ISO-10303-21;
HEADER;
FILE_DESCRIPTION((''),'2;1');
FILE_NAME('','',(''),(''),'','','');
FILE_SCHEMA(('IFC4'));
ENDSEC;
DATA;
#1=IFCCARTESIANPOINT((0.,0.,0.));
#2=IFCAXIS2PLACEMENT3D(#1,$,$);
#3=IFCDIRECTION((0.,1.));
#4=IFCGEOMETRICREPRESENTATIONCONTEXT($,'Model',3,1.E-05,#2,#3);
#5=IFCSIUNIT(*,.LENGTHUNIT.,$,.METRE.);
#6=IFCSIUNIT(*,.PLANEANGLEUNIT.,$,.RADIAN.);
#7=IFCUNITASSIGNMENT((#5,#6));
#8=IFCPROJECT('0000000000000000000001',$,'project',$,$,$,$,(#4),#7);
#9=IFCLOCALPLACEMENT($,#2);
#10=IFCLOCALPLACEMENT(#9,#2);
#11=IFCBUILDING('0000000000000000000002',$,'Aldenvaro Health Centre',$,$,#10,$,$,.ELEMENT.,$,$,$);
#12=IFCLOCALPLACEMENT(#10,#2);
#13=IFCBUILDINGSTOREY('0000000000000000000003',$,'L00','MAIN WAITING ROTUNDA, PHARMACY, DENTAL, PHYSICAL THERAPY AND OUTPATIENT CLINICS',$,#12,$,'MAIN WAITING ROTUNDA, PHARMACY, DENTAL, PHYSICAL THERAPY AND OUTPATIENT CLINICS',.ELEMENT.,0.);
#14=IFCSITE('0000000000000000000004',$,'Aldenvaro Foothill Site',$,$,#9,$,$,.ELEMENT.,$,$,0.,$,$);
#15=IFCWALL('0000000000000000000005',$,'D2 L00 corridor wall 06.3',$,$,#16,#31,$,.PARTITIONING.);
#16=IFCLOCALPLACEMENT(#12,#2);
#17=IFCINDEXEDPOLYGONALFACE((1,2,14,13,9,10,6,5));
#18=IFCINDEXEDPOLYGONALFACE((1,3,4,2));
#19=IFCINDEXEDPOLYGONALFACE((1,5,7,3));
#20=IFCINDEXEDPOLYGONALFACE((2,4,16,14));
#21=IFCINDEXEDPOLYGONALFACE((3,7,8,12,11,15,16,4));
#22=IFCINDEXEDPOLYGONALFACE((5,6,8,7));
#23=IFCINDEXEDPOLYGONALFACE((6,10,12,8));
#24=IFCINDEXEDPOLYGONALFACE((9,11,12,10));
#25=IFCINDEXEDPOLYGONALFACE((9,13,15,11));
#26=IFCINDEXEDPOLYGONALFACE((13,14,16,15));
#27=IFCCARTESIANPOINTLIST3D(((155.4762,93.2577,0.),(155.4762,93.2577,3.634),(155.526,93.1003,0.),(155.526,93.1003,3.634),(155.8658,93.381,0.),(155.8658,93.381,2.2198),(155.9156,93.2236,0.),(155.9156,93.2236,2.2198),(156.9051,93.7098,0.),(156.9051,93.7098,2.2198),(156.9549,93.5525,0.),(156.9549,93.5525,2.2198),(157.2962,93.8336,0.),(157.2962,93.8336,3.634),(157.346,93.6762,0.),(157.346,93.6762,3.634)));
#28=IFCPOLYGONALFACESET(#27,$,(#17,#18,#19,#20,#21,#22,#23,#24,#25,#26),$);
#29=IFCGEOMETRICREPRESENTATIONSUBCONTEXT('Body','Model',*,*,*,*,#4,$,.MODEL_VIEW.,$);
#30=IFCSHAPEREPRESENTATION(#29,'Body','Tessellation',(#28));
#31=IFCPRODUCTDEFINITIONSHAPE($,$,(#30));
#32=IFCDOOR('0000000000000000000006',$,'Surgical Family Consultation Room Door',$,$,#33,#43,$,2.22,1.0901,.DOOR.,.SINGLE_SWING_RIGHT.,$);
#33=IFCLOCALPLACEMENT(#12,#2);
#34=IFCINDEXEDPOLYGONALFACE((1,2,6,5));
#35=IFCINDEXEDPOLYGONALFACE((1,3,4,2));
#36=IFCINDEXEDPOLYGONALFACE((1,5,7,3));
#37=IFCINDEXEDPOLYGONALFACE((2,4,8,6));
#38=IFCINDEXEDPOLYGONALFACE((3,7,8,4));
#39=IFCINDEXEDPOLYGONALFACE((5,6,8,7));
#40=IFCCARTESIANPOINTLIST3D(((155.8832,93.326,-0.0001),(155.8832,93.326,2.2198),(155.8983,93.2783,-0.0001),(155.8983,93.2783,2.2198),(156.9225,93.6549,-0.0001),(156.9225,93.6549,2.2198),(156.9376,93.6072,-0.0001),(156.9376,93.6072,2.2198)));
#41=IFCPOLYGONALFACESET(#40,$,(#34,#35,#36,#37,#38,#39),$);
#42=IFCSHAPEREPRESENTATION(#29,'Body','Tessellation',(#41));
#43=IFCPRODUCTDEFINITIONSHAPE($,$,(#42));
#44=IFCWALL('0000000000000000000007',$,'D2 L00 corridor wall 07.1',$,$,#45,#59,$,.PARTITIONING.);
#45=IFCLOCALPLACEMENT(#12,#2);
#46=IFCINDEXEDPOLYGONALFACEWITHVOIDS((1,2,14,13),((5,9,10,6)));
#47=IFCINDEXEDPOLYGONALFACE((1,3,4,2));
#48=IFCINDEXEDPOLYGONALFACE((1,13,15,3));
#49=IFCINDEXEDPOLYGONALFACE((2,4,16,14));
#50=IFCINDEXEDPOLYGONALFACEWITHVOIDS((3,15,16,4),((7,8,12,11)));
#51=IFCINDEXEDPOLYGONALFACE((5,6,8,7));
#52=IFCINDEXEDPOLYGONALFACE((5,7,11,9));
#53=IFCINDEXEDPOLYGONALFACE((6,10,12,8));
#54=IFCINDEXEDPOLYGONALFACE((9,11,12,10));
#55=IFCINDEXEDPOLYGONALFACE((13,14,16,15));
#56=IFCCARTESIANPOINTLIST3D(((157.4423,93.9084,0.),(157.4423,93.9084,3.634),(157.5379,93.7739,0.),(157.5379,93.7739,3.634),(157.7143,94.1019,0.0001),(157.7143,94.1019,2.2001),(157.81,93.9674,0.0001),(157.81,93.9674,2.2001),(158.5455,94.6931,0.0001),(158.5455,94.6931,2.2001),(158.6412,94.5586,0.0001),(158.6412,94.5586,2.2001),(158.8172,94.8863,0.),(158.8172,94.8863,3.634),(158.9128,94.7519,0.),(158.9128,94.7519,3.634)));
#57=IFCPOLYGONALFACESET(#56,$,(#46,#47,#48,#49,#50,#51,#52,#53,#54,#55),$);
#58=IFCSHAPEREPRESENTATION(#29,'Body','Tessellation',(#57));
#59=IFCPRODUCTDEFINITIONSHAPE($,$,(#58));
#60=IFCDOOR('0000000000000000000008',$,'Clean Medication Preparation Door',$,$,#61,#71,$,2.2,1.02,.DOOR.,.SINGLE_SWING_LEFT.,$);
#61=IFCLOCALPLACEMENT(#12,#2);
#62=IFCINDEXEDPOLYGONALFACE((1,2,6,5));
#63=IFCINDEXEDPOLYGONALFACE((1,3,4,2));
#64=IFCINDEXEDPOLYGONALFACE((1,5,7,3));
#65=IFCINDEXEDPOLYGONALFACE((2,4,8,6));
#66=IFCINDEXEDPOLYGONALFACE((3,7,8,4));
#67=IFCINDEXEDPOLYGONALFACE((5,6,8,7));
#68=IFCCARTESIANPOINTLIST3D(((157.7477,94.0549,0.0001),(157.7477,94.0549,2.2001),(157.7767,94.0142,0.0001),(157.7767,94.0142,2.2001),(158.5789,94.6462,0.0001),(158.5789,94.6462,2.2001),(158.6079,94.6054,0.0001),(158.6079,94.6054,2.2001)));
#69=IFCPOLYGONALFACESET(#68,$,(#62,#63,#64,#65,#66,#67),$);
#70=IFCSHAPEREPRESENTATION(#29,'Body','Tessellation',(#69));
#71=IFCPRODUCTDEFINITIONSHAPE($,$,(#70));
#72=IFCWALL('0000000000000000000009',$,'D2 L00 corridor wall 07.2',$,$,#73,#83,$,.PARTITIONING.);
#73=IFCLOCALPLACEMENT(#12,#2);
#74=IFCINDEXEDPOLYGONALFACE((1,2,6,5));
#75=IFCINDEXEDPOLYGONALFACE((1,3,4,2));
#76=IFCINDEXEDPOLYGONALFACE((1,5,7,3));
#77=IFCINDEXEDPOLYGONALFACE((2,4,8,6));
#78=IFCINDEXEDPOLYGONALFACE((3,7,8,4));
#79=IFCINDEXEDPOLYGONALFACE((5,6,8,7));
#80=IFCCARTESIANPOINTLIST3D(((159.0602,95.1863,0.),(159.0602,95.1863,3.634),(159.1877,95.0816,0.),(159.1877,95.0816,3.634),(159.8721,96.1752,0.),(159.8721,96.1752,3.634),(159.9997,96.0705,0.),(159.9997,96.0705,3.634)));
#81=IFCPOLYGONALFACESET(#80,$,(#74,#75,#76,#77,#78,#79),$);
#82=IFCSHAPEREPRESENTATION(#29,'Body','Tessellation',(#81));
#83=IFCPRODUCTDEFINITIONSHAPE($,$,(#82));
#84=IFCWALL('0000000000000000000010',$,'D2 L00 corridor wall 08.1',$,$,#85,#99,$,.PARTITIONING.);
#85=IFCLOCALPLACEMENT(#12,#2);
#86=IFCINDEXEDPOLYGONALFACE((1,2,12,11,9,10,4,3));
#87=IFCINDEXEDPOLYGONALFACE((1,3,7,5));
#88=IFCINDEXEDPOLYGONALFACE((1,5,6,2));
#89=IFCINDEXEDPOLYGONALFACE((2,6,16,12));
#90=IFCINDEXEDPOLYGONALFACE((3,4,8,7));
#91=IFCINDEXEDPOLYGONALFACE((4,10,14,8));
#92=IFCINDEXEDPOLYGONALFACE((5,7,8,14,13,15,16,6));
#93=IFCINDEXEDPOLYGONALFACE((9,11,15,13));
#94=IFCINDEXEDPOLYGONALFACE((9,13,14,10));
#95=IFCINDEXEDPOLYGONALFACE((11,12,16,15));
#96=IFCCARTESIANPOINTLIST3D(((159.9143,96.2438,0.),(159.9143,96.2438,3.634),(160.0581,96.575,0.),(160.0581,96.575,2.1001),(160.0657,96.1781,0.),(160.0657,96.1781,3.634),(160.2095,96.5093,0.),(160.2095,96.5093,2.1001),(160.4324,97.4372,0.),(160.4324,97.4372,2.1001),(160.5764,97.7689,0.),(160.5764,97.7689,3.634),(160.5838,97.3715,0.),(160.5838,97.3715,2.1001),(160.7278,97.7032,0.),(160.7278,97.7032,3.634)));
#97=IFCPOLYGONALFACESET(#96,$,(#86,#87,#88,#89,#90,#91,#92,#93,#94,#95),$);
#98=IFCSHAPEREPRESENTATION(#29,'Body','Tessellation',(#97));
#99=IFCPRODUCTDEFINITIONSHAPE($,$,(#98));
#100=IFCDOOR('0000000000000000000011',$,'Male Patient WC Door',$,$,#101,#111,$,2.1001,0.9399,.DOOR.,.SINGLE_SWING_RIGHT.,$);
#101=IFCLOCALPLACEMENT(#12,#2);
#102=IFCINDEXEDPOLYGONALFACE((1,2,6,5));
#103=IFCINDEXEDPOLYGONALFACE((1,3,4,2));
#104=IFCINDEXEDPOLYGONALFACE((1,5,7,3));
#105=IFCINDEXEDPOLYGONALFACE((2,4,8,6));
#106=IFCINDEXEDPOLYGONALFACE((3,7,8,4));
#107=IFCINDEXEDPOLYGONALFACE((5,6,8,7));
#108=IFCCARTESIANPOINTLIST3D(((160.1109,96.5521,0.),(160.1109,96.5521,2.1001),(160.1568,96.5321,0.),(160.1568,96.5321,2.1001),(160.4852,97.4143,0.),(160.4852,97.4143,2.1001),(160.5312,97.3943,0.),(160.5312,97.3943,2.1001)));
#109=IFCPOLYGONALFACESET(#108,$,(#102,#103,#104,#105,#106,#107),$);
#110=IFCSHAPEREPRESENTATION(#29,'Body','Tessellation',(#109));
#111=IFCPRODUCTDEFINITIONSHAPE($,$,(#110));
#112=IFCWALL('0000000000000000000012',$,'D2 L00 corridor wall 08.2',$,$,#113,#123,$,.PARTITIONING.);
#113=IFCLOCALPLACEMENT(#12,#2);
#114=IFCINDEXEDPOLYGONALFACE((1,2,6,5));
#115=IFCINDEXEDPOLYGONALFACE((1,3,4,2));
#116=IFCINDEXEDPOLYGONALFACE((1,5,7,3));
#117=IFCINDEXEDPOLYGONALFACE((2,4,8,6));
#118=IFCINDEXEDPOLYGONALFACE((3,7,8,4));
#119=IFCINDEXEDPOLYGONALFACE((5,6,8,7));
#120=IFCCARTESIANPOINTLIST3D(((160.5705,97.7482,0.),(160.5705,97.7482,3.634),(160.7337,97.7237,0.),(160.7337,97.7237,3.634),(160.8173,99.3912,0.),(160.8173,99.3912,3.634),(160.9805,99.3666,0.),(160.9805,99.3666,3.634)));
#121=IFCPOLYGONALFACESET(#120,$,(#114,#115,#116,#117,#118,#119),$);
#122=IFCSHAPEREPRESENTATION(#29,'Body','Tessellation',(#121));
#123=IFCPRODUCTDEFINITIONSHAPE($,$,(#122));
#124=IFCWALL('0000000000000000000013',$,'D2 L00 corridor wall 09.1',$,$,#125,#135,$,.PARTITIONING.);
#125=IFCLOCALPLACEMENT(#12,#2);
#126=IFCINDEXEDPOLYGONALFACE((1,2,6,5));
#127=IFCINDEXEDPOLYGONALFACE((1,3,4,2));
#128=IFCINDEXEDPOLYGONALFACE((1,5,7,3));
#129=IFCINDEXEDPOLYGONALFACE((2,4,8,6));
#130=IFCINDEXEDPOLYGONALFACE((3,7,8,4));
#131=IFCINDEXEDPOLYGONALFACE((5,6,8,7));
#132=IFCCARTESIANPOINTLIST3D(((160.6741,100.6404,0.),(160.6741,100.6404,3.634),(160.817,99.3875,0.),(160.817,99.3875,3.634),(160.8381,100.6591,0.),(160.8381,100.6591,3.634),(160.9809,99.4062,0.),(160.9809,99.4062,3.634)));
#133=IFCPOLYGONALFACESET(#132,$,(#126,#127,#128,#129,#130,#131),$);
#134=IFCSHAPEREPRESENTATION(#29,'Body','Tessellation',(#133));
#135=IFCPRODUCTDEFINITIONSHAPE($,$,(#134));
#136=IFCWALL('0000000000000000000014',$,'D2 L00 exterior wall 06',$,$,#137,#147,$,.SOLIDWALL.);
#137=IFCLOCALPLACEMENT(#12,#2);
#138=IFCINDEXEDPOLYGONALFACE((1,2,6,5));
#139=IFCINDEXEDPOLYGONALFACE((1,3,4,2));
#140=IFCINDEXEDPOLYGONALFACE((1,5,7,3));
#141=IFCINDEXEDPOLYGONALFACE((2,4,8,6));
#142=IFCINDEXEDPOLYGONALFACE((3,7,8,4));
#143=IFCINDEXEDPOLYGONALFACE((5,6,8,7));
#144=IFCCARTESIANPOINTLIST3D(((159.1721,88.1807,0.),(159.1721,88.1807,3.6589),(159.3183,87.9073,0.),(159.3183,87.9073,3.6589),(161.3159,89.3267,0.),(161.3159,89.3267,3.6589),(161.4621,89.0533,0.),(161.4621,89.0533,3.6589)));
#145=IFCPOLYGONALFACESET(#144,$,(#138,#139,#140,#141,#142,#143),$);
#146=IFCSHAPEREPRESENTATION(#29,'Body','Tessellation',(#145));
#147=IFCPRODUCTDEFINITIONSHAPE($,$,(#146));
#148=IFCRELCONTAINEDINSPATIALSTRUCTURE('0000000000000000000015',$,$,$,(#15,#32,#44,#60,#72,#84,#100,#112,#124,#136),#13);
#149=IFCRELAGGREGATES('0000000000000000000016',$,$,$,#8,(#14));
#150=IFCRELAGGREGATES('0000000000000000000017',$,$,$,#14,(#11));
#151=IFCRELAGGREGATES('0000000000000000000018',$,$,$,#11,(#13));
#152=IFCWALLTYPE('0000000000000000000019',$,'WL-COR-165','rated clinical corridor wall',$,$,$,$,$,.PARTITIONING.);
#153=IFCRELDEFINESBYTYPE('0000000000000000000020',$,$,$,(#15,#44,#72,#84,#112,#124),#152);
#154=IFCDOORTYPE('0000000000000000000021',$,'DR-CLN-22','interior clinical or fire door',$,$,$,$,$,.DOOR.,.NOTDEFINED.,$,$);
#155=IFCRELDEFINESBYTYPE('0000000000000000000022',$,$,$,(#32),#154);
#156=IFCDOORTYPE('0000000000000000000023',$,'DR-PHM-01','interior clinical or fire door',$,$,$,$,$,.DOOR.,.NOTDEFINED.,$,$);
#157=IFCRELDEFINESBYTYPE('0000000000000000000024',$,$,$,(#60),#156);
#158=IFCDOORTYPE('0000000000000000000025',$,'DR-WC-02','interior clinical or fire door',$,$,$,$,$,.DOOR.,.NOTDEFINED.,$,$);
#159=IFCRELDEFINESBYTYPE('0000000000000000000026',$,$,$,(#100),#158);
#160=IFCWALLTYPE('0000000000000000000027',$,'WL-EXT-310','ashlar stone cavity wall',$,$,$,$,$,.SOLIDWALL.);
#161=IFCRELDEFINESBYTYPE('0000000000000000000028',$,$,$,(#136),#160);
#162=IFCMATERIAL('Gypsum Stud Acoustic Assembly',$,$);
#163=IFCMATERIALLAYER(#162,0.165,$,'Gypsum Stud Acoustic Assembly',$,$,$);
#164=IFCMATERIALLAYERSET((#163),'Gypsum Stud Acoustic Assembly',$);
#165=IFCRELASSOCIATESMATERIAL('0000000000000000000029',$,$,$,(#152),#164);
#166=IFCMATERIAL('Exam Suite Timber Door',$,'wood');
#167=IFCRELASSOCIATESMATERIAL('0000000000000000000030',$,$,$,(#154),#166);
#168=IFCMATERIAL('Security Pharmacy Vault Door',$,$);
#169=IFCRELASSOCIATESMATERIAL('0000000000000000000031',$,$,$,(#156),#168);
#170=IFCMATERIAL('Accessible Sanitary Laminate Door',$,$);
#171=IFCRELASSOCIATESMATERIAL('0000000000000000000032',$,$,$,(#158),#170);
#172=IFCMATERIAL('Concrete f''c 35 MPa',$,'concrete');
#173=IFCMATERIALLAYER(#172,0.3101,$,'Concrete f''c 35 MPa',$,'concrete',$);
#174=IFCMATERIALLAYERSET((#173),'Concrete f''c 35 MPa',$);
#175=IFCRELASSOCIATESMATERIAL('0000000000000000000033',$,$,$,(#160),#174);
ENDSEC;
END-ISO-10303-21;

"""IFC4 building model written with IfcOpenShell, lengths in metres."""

from ifc_helpers import new_model, si_unit, direction, frame, frame_2d, origin, place, context, subcontext, project, spatial, rectangle, extrude, material, layer, layer_set, type_object, element, fill, save


model = new_model("IFC4")

# Units and contexts
model_context = context("Model", 3, precision=1e-05, world=origin(), true_north=direction((0.0, 1.0)))
body_context = subcontext(model_context, "Body", "Model", "MODEL_VIEW")
ifc_project = project(units=[si_unit("LENGTHUNIT", "METRE"), si_unit("PLANEANGLEUNIT", "RADIAN")], contexts=[model_context])

# Site, building, storey
site_placement = place(None, origin())
site = spatial("IfcSite", under=ifc_project, at=site_placement, Name="Aldenvaro Foothill Site", CompositionType="ELEMENT", RefElevation=0.0)
building_placement = place(site_placement, origin())
building = spatial("IfcBuilding", under=site, at=building_placement, Name="Aldenvaro Health Centre", CompositionType="ELEMENT")
storey_placement = place(building_placement, origin())
storey = spatial("IfcBuildingStorey", under=building, at=storey_placement, Name="L00", Description="MAIN WAITING ROTUNDA, PHARMACY, DENTAL, PHYSICAL THERAPY AND OUTPATIENT CLINICS", LongName="MAIN WAITING ROTUNDA, PHARMACY, DENTAL, PHYSICAL THERAPY AND OUTPATIENT CLINICS", CompositionType="ELEMENT", Elevation=0.0)

# Shared definitions
ifc_material_1 = material(Name="Gypsum Stud Acoustic Assembly")
ifc_layer_1 = layer(ifc_material_1, 0.165, Name="Gypsum Stud Acoustic Assembly")
ifc_layer_set_1 = layer_set([ifc_layer_1], Name="Gypsum Stud Acoustic Assembly")
wall_type_1 = type_object("IfcWallType", Name="WL-COR-165", Description="rated clinical corridor wall", PredefinedType="PARTITIONING", material=ifc_layer_set_1)

# Walls, openings, doors
wall_1_placement = place(storey_placement, frame((155.501, 93.179, 0.0), z_axis=(0.0, 0.0, 1.0), x_axis=(0.953407, 0.301688, 0.0)))
wall_1 = element("IfcWall", 1, at=wall_1_placement, inside=storey, type_object=wall_type_1, Name="D2 L00 corridor wall 06.3", PredefinedType="PARTITIONING", context=body_context, shape_type="SweptSolid", body=[
    extrude(rectangle(XDim=1.9089, YDim=0.165, at=frame_2d((0.9546, 0.0))), origin(), (0.0, 0.0, 1.0), 3.634),
])
opening_1_placement = place(wall_1_placement, frame((0.4089, 0.0, 0.0)))
opening_1 = element("IfcOpeningElement", 2, at=opening_1_placement, cuts=wall_1, PredefinedType="OPENING", context=body_context, shape_type="SweptSolid", body=[
    extrude(rectangle(XDim=1.0901, YDim=2.22, at=frame_2d((0.5449, 1.1099))), frame((0.0, 0.0925, 0.0), z_axis=(0.0, -1.0, 0.0), x_axis=(1.0, 0.0, 0.0)), (0.0, 0.0, 1.0), 0.1851),
])
ifc_material_2 = material(Name="Exam Suite Timber Door", Category="wood")
door_type_1 = type_object("IfcDoorType", Name="DR-CLN-22", Description="interior clinical or fire door", OperationType="NOTDEFINED", PredefinedType="DOOR", material=ifc_material_2)
door_1_placement = place(opening_1_placement, origin())
door_1 = element("IfcDoor", 3, at=door_1_placement, inside=storey, type_object=door_type_1, Name="Surgical Family Consultation Room Door", OperationType="SINGLE_SWING_RIGHT", OverallHeight=2.22, OverallWidth=1.0901, PredefinedType="DOOR", context=body_context, shape_type="SweptSolid", body=[
    extrude(rectangle(XDim=1.0901, YDim=2.22, at=frame_2d((0.5449, 1.1099))), frame((0.0, 0.0249, 0.0), z_axis=(0.0, -1.0, 0.0), x_axis=(1.0, 0.0, 0.0)), (0.0, 0.0, 1.0), 0.05),
])
fill(opening_1, door_1)
wall_2_placement = place(storey_placement, frame((157.49, 93.8411, 0.0), z_axis=(0.0, 0.0, 1.0), x_axis=(0.814885, 0.579622, 0.0)))
wall_2 = element("IfcWall", 4, at=wall_2_placement, inside=storey, type_object=wall_type_1, Name="D2 L00 corridor wall 07.1", PredefinedType="PARTITIONING", context=body_context, shape_type="SweptSolid", body=[
    extrude(rectangle(XDim=1.6873, YDim=0.165, at=frame_2d((0.8438, 0.0))), origin(), (0.0, 0.0, 1.0), 3.634),
])
opening_2_placement = place(wall_2_placement, frame((0.334, 0.0, 0.0)))
opening_2 = element("IfcOpeningElement", 5, at=opening_2_placement, cuts=wall_2, PredefinedType="OPENING", context=body_context, shape_type="SweptSolid", body=[
    extrude(rectangle(XDim=1.02, YDim=2.2, at=frame_2d((0.51, 1.1001))), frame((0.0, 0.0925, 0.0), z_axis=(0.0, -1.0, 0.0), x_axis=(1.0, 0.0, 0.0)), (0.0, 0.0, 1.0), 0.1851),
])
ifc_material_3 = material(Name="Security Pharmacy Vault Door")
door_type_2 = type_object("IfcDoorType", Name="DR-PHM-01", Description="interior clinical or fire door", OperationType="NOTDEFINED", PredefinedType="DOOR", material=ifc_material_3)
door_2_placement = place(opening_2_placement, origin())
door_2 = element("IfcDoor", 6, at=door_2_placement, inside=storey, type_object=door_type_2, Name="Clean Medication Preparation Door", OperationType="SINGLE_SWING_LEFT", OverallHeight=2.2, OverallWidth=1.02, PredefinedType="DOOR", context=body_context, shape_type="SweptSolid", body=[
    extrude(rectangle(XDim=1.02, YDim=2.2, at=frame_2d((0.51, 1.1001))), frame((0.0, 0.0249, 0.0), z_axis=(0.0, -1.0, 0.0), x_axis=(1.0, 0.0, 0.0)), (0.0, 0.0, 1.0), 0.05),
])
fill(opening_2, door_2)

# Wall
wall_3_placement = place(storey_placement, frame((159.124, 95.134, 0.0), z_axis=(0.0, 0.0, 1.0), x_axis=(0.634556, 0.772877, 0.0)))
element("IfcWall", 7, at=wall_3_placement, inside=storey, type_object=wall_type_1, Name="D2 L00 corridor wall 07.2", PredefinedType="PARTITIONING", context=body_context, shape_type="SweptSolid", body=[
    extrude(rectangle(XDim=1.2795, YDim=0.165, at=frame_2d((0.6396, 0.0))), origin(), (0.0, 0.0, 1.0), 3.634),
])

# Wall, opening, door
wall_4_placement = place(storey_placement, frame((159.99, 96.2109, 0.0), z_axis=(0.0, 0.0, 1.0), x_axis=(0.398221, 0.917289, 0.0)))
wall_4 = element("IfcWall", 8, at=wall_4_placement, inside=storey, type_object=wall_type_1, Name="D2 L00 corridor wall 08.1", PredefinedType="PARTITIONING", context=body_context, shape_type="SweptSolid", body=[
    extrude(rectangle(XDim=1.6626, YDim=0.165, at=frame_2d((0.8313, 0.0))), origin(), (0.0, 0.0, 1.0), 3.634),
])
opening_3_placement = place(wall_4_placement, frame((0.3611, 0.0, 0.0)))
opening_3 = element("IfcOpeningElement", 9, at=opening_3_placement, cuts=wall_4, PredefinedType="OPENING", context=body_context, shape_type="SweptSolid", body=[
    extrude(rectangle(XDim=0.9399, YDim=2.1001, at=frame_2d((0.47, 1.05))), frame((0.0, 0.0925, 0.0), z_axis=(0.0, -1.0, 0.0), x_axis=(1.0, 0.0, 0.0)), (0.0, 0.0, 1.0), 0.1851),
])
ifc_material_4 = material(Name="Accessible Sanitary Laminate Door")
door_type_3 = type_object("IfcDoorType", Name="DR-WC-02", Description="interior clinical or fire door", OperationType="NOTDEFINED", PredefinedType="DOOR", material=ifc_material_4)
door_3_placement = place(opening_3_placement, origin())
door_3 = element("IfcDoor", 10, at=door_3_placement, inside=storey, type_object=door_type_3, Name="Male Patient WC Door", OperationType="SINGLE_SWING_RIGHT", OverallHeight=2.1001, OverallWidth=0.9399, PredefinedType="DOOR", context=body_context, shape_type="SweptSolid", body=[
    extrude(rectangle(XDim=0.9399, YDim=2.1001, at=frame_2d((0.47, 1.05))), frame((0.0, 0.0249, 0.0), z_axis=(0.0, -1.0, 0.0), x_axis=(1.0, 0.0, 0.0)), (0.0, 0.0, 1.0), 0.05),
])
fill(opening_3, door_3)

# Walls
wall_5_placement = place(storey_placement, frame((160.6521, 97.7361, 0.0), z_axis=(0.0, 0.0, 1.0), x_axis=(0.148578, 0.988901, 0.0)))
element("IfcWall", 11, at=wall_5_placement, inside=storey, type_object=wall_type_1, Name="D2 L00 corridor wall 08.2", PredefinedType="PARTITIONING", context=body_context, shape_type="SweptSolid", body=[
    extrude(rectangle(XDim=1.6614, YDim=0.165, at=frame_2d((0.8306, 0.0))), origin(), (0.0, 0.0, 1.0), 3.634),
])
wall_6_placement = place(storey_placement, frame((160.8989, 99.397, 0.0), z_axis=(0.0, 0.0, 1.0), x_axis=(-0.113257, 0.993566, 0.0)))
element("IfcWall", 12, at=wall_6_placement, inside=storey, type_object=wall_type_1, Name="D2 L00 corridor wall 09.1", PredefinedType="PARTITIONING", context=body_context, shape_type="SweptSolid", body=[
    extrude(rectangle(XDim=1.261, YDim=0.165, at=frame_2d((0.6304, 0.0))), origin(), (0.0, 0.0, 1.0), 3.634),
])
ifc_material_5 = material(Name="Concrete f'c 35 MPa", Category="concrete")
ifc_layer_2 = layer(ifc_material_5, 0.3101, Name="Concrete f'c 35 MPa", Category="concrete")
ifc_layer_set_2 = layer_set([ifc_layer_2], Name="Concrete f'c 35 MPa")
wall_type_2 = type_object("IfcWallType", Name="WL-EXT-310", Description="ashlar stone cavity wall", PredefinedType="SOLIDWALL", material=ifc_layer_set_2)
wall_7_placement = place(storey_placement, frame((161.3889, 89.1899, 0.0), z_axis=(0.0, 0.0, 1.0), x_axis=(-0.881902, -0.471432, 0.0)))
element("IfcWall", 13, at=wall_7_placement, inside=storey, type_object=wall_type_2, Name="D2 L00 exterior wall 06", PredefinedType="SOLIDWALL", context=body_context, shape_type="SweptSolid", body=[
    extrude(rectangle(XDim=2.4309, YDim=0.3101, at=frame_2d((1.2153, 0.0))), origin(), (0.0, 0.0, 1.0), 3.6589),
])

save(model, "model.ifc")
